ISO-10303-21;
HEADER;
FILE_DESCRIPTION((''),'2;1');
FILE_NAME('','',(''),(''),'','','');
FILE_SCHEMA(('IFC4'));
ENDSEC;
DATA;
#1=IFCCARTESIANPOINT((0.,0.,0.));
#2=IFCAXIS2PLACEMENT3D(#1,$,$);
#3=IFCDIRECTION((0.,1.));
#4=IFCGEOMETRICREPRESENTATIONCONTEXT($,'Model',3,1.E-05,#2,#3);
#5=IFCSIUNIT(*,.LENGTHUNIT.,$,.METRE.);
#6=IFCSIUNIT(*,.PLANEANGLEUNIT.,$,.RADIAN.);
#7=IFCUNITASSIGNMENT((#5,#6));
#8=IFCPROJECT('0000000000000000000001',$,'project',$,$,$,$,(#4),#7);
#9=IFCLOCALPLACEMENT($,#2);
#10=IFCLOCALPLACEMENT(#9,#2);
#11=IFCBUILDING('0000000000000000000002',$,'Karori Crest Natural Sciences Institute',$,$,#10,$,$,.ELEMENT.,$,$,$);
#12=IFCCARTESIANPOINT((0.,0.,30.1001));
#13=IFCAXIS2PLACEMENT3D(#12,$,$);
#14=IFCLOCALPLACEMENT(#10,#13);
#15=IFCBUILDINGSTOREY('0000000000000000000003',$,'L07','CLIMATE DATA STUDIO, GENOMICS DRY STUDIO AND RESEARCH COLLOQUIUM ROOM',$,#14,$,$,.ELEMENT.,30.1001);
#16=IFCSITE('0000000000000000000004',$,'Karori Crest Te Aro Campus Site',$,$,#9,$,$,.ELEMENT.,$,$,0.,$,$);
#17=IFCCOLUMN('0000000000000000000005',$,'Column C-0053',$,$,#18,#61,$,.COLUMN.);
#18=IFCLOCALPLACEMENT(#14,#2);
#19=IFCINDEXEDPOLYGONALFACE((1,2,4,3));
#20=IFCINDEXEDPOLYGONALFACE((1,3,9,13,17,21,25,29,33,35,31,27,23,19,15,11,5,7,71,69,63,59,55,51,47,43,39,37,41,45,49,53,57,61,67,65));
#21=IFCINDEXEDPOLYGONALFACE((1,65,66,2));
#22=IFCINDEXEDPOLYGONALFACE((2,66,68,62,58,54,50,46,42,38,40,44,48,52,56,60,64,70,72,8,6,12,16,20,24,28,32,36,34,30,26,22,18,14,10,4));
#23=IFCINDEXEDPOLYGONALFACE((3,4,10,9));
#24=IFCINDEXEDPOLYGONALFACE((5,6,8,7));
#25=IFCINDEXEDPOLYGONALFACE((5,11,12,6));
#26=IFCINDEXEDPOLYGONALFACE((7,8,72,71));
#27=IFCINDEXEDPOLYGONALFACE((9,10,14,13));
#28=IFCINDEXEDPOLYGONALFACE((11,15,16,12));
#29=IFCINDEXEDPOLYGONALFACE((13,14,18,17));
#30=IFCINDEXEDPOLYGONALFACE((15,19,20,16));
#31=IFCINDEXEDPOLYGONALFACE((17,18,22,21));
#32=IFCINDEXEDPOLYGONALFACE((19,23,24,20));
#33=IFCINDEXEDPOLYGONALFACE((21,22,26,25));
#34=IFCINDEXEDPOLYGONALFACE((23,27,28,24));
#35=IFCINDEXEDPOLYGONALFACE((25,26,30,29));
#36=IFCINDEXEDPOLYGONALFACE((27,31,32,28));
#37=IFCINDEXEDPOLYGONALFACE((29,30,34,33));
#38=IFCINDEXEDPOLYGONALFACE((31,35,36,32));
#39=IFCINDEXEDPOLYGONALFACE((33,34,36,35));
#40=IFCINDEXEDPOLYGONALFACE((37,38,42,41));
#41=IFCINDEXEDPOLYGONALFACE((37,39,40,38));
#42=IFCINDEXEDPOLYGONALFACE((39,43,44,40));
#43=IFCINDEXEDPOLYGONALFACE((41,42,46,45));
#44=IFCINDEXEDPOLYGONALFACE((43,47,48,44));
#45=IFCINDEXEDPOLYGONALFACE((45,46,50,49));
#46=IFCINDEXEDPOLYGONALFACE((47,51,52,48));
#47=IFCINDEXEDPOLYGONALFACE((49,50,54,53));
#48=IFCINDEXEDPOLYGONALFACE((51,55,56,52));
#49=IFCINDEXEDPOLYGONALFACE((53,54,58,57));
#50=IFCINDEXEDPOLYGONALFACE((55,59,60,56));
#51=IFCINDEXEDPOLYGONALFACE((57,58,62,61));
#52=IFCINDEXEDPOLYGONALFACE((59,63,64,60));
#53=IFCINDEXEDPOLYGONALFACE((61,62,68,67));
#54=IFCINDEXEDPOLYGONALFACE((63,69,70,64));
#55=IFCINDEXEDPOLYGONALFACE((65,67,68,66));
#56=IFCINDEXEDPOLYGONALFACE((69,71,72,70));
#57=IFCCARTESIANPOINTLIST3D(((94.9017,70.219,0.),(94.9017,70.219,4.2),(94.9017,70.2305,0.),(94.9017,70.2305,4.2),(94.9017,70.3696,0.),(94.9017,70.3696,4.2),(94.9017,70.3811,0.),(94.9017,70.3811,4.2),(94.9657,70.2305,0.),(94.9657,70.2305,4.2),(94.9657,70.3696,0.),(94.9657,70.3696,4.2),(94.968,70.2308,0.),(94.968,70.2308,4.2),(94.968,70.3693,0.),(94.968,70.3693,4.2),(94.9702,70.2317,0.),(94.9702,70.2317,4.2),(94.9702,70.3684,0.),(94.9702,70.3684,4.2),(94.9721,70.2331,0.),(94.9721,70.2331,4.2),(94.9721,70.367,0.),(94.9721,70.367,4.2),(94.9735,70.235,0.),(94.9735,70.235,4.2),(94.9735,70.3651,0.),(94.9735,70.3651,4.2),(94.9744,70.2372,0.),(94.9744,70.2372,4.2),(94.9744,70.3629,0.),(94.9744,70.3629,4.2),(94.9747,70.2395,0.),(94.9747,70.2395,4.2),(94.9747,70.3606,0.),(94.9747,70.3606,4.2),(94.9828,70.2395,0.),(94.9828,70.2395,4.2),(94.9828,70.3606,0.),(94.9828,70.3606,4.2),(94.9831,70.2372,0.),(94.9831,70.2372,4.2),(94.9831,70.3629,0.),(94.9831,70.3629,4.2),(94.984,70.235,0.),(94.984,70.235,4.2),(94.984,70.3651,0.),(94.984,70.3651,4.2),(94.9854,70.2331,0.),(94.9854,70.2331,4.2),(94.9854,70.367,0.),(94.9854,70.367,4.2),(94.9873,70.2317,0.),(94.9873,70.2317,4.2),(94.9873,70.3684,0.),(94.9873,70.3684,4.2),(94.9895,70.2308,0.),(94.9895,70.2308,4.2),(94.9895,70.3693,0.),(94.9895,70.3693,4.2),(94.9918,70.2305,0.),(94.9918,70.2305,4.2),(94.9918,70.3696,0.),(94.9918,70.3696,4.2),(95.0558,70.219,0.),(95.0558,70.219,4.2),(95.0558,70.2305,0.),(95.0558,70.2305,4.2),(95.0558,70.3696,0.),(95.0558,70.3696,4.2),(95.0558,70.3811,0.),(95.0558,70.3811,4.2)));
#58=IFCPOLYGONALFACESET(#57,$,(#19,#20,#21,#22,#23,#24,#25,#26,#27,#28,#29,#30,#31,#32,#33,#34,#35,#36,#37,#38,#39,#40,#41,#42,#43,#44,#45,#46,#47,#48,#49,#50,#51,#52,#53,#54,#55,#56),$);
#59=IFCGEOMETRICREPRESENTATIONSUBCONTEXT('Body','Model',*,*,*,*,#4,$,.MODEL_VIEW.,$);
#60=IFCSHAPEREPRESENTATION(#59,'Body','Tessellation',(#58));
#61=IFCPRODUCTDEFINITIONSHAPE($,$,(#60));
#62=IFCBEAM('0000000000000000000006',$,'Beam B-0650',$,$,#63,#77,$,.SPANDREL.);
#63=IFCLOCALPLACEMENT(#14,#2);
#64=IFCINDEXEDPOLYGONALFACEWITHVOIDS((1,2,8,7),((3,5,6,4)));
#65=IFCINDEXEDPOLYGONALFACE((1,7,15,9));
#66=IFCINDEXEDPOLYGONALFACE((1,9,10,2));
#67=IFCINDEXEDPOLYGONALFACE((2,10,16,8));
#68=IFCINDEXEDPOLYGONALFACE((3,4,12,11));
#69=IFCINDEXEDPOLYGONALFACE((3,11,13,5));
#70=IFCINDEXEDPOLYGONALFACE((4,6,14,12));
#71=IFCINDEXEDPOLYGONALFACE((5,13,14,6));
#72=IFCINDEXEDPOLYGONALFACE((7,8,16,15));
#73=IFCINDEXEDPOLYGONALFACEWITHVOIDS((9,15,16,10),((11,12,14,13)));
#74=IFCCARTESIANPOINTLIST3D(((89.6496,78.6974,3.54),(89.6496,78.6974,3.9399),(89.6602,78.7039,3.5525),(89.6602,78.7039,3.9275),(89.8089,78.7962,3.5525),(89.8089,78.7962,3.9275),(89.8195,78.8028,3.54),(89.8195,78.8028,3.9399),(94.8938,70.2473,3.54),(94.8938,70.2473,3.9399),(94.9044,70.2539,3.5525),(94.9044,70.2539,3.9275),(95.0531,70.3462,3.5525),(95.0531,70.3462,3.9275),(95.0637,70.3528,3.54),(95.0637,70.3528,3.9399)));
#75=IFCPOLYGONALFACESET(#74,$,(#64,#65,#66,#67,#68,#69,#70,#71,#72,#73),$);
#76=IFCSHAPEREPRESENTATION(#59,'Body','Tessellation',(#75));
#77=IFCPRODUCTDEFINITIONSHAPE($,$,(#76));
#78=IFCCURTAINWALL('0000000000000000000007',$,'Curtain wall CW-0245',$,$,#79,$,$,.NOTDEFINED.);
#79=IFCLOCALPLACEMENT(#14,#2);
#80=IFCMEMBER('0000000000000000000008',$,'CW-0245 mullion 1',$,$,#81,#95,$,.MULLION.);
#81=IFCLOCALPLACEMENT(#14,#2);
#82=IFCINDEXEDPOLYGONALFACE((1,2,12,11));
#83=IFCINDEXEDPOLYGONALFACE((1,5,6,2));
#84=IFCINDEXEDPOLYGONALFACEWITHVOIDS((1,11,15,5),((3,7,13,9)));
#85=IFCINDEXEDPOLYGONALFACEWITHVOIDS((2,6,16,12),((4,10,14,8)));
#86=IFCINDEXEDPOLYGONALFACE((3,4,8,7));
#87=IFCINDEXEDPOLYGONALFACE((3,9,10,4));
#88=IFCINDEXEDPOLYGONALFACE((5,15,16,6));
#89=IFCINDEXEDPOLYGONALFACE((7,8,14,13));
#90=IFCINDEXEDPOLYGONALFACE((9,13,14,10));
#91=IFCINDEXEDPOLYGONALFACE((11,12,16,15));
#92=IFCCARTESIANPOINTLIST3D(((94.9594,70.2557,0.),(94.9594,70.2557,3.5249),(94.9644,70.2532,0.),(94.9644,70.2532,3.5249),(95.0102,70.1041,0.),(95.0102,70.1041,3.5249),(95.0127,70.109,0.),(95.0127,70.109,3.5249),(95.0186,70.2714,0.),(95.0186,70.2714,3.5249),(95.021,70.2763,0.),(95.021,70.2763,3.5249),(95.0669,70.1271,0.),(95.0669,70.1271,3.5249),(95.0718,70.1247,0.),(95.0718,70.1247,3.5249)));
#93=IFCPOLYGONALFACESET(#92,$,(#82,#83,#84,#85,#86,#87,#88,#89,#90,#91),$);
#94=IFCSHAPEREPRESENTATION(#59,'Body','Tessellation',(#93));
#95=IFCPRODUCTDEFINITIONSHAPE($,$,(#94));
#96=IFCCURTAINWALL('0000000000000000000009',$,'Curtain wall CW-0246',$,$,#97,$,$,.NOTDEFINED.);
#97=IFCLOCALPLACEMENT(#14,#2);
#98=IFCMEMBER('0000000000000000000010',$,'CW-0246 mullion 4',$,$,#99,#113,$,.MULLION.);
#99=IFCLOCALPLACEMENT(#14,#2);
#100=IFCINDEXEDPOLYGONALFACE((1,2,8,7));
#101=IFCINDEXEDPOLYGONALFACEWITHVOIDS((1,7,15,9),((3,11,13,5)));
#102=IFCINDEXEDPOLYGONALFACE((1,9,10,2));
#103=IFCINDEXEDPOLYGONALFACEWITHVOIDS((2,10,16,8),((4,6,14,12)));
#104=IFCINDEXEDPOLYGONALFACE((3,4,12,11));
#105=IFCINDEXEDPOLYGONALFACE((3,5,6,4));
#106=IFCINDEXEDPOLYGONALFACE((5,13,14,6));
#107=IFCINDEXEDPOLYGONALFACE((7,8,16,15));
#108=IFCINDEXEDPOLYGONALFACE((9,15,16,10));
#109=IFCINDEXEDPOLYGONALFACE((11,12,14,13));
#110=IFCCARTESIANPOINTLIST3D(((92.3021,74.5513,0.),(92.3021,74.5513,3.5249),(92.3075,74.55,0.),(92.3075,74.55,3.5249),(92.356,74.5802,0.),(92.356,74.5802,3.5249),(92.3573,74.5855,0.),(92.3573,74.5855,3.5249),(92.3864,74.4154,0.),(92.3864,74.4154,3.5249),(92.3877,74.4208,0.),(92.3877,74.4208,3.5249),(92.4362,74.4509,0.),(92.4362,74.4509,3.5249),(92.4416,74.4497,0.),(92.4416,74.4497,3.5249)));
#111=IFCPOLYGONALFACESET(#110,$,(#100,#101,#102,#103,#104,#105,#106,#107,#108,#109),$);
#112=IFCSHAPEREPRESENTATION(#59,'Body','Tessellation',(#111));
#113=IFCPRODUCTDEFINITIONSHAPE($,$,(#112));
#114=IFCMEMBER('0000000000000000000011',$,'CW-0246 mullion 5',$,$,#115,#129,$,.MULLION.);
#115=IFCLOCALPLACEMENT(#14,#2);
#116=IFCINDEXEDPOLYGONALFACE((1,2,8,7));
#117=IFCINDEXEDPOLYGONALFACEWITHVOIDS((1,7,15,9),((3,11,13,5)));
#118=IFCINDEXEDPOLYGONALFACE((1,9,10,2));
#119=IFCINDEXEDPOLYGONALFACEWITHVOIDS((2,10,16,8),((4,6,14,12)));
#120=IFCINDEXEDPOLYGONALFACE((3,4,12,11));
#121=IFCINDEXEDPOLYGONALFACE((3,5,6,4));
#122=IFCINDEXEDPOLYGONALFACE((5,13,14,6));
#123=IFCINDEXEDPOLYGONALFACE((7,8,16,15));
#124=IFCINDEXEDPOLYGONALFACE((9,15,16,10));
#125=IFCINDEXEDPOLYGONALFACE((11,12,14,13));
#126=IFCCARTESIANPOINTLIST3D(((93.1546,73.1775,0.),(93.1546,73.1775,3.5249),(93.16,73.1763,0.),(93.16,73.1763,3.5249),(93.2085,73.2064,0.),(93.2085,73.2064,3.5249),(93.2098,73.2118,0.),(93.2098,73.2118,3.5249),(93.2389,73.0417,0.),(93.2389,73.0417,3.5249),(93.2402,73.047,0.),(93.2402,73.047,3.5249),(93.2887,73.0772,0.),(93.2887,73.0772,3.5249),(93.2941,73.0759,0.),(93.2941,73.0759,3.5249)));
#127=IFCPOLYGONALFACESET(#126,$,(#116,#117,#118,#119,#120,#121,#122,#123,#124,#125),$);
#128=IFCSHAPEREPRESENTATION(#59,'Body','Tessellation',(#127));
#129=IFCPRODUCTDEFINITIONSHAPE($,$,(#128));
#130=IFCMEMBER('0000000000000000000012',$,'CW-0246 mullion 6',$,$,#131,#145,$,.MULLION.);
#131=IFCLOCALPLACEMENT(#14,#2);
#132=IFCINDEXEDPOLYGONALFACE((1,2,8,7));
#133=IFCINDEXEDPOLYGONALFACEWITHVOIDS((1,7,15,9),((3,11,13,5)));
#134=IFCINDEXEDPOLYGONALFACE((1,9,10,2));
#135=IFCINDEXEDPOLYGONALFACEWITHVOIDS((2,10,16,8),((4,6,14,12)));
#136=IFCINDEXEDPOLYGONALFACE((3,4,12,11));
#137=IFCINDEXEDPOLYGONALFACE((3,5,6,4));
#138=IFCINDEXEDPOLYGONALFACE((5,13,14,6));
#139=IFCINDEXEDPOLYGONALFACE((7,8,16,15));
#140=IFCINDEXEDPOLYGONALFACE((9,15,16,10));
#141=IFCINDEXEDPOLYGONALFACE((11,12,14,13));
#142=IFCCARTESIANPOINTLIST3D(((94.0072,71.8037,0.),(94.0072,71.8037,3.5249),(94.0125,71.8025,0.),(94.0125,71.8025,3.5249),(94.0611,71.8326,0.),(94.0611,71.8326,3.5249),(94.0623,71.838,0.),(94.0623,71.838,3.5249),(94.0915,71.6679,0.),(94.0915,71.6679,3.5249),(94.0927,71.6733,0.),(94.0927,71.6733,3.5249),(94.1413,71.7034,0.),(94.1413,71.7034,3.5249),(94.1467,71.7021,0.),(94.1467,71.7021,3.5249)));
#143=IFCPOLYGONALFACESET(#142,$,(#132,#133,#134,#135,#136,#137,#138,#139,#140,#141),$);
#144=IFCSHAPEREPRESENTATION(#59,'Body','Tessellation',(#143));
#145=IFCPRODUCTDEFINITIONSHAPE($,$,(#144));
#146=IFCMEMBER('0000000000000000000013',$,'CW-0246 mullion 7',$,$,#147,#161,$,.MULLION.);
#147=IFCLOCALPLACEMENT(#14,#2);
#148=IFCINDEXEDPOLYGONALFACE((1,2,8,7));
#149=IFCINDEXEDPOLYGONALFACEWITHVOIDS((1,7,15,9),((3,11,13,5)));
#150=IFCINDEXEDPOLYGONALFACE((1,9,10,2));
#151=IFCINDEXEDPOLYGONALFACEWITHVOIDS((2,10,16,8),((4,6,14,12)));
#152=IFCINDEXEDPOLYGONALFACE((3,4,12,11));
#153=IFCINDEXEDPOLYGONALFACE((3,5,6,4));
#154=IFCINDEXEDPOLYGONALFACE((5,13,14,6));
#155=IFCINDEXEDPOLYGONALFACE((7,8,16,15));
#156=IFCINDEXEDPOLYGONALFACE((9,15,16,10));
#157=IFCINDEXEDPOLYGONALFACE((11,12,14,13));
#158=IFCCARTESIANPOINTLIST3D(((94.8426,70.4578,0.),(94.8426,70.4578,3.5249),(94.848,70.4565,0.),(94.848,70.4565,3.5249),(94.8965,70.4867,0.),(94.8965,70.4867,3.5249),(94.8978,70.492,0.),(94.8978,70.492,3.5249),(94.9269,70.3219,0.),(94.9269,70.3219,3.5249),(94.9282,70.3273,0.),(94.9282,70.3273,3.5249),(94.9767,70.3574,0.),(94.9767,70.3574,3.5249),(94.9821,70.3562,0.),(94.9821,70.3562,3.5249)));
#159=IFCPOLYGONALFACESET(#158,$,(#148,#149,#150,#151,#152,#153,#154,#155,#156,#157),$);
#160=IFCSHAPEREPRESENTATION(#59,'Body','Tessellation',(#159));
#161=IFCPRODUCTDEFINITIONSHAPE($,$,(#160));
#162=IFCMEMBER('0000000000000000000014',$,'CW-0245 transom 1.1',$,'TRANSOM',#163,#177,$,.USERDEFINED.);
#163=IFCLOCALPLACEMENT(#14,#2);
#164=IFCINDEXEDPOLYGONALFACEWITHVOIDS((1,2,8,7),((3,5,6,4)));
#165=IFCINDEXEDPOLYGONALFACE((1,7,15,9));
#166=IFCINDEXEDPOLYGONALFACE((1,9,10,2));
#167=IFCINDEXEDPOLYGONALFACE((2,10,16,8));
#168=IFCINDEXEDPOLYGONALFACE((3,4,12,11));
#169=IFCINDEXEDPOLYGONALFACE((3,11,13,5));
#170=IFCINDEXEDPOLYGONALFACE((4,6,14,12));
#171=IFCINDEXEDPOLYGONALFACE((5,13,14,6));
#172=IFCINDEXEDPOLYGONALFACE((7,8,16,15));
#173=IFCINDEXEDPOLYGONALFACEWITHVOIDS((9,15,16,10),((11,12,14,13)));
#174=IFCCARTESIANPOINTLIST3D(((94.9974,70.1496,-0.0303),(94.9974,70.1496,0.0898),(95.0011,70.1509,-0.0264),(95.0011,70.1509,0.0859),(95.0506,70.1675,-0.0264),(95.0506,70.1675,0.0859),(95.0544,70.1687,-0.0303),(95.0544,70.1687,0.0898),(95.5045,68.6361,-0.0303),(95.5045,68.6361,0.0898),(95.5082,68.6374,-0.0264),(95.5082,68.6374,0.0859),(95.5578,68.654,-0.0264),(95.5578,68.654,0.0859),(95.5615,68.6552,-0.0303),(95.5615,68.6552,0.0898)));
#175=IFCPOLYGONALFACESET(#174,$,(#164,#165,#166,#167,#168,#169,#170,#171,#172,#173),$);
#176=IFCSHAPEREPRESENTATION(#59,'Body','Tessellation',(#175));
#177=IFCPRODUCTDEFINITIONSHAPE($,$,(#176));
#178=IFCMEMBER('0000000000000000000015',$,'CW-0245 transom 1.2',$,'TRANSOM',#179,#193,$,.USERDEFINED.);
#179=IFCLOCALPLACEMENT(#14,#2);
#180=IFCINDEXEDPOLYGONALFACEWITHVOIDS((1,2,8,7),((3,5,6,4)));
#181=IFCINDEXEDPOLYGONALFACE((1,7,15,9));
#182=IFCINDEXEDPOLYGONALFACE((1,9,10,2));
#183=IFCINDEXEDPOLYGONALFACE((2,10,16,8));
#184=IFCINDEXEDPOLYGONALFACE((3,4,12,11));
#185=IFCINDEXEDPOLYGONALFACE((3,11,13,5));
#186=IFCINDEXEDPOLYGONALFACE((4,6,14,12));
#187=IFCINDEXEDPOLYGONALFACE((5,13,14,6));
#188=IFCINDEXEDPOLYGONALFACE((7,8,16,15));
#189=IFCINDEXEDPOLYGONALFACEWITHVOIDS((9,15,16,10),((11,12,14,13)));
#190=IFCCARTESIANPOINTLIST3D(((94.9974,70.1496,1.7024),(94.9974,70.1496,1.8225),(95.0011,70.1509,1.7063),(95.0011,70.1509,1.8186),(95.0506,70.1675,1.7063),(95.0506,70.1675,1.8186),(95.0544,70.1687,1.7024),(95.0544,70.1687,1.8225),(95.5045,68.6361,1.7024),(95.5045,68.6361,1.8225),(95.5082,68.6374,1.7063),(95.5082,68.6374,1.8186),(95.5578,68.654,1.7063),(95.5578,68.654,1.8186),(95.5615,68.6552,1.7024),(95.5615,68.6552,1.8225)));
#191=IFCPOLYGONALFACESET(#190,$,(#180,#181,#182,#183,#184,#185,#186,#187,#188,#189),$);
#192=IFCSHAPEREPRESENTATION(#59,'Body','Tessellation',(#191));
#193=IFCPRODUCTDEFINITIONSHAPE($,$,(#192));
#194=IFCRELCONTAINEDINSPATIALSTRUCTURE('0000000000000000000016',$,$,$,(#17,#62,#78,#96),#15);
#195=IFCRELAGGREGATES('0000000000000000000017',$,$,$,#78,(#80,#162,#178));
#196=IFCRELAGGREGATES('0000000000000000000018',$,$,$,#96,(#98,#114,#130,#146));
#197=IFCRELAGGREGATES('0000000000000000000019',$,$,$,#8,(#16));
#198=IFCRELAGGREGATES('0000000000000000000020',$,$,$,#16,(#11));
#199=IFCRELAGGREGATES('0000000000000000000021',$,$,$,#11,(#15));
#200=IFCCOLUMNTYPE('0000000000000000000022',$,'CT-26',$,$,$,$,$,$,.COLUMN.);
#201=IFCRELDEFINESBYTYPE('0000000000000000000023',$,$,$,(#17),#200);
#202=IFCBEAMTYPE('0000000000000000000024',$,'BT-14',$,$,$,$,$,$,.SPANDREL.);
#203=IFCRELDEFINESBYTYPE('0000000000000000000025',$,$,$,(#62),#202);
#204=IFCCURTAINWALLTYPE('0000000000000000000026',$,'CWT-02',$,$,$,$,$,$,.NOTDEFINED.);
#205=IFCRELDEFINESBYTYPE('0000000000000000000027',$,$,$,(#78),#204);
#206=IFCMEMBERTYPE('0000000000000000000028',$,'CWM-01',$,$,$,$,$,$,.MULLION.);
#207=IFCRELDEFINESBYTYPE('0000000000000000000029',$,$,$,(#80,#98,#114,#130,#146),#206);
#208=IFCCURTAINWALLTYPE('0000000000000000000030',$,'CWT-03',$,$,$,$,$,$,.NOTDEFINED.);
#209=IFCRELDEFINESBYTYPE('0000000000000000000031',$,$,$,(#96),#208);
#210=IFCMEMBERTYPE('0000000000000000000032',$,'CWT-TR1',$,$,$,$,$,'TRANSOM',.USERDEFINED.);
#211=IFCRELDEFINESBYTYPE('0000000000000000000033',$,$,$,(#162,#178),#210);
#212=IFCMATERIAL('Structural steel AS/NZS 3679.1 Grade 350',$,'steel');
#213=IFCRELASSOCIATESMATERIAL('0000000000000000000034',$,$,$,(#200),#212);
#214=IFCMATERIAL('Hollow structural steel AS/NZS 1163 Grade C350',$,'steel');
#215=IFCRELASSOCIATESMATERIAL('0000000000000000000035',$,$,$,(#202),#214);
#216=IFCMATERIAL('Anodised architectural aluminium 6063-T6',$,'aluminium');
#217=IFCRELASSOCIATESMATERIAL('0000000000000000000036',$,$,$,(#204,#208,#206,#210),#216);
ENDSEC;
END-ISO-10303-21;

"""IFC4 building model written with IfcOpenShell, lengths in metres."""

from ifc_helpers import new_model, si_unit, direction, frame, origin, origin_2d, place, context, subcontext, project, spatial, hollow_rectangle, i_section, extrude, material, material_profile, profile_set, type_object, element, aggregate, save


model = new_model("IFC4")

# Units and contexts
model_context = context("Model", 3, precision=1e-05, world=origin(), true_north=direction((0.0, 1.0)))
body_context = subcontext(model_context, "Body", "Model", "MODEL_VIEW")
ifc_project = project(units=[si_unit("LENGTHUNIT", "METRE"), si_unit("PLANEANGLEUNIT", "RADIAN")], contexts=[model_context])

# Site, building, storey
site_placement = place(None, origin())
site = spatial("IfcSite", under=ifc_project, at=site_placement, Name="Karori Crest Te Aro Campus Site", CompositionType="ELEMENT", RefElevation=0.0)
building_placement = place(site_placement, origin())
building = spatial("IfcBuilding", under=site, at=building_placement, Name="Karori Crest Natural Sciences Institute", CompositionType="ELEMENT")
storey_placement = place(building_placement, frame((0.0, 0.0, 30.1001)))
storey = spatial("IfcBuildingStorey", under=building, at=storey_placement, Name="L07", Description="CLIMATE DATA STUDIO, GENOMICS DRY STUDIO AND RESEARCH COLLOQUIUM ROOM", CompositionType="ELEMENT", Elevation=30.1001)

# Column
ifc_material_1 = material(Name="Structural steel AS/NZS 3679.1 Grade 350", Category="steel")
ifc_material_profile_1 = material_profile(ifc_material_1, i_section(OverallWidth=0.1541, OverallDepth=0.1621, WebThickness=0.0081, FlangeThickness=0.0115, FilletRadius=0.009, at=origin_2d()), Name="150UC37.2")
ifc_profile_set_1 = profile_set([ifc_material_profile_1], Name="Structural steel AS/NZS 3679.1 Grade 350")
column_type = type_object("IfcColumnType", Name="CT-26", PredefinedType="COLUMN", material=ifc_profile_set_1)
column_placement = place(storey_placement, frame((94.9788, 70.3, 0.0), z_axis=(0.0, 0.0, 1.0), x_axis=(1.0, 0.0, 0.0)))
element("IfcColumn", 1, at=column_placement, inside=storey, type_object=column_type, Name="Column C-0053", PredefinedType="COLUMN", context=body_context, shape_type="SweptSolid", body=[
    extrude(i_section(OverallWidth=0.1541, OverallDepth=0.1621, WebThickness=0.0081, FlangeThickness=0.0115, FilletRadius=0.009, at=origin_2d()), origin(), (0.0, 0.0, 1.0), 4.2),
])

# Beam
ifc_material_2 = material(Name="Hollow structural steel AS/NZS 1163 Grade C350", Category="steel")
ifc_material_profile_2 = material_profile(ifc_material_2, hollow_rectangle(XDim=0.2, YDim=0.3999, WallThickness=0.0125, at=origin_2d()), Name="RHS400x200x12.5")
ifc_profile_set_2 = profile_set([ifc_material_profile_2], Name="Hollow structural steel AS/NZS 1163 Grade C350")
beam_type = type_object("IfcBeamType", Name="BT-14", PredefinedType="SPANDREL", material=ifc_profile_set_2)
beam_placement = place(storey_placement, frame((94.9788, 70.3, 3.74), z_axis=(-0.527315, 0.84967, 0.0), x_axis=(-0.84967, -0.527315, 0.0)))
element("IfcBeam", 2, at=beam_placement, inside=storey, type_object=beam_type, Name="Beam B-0650", PredefinedType="SPANDREL", context=body_context, shape_type="SweptSolid", body=[
    extrude(hollow_rectangle(XDim=0.2, YDim=0.3999, WallThickness=0.0125, at=origin_2d()), origin(), (0.0, 0.0, 1.0), 9.9451),
])

# Curtain wall, member
ifc_material_3 = material(Name="Anodised architectural aluminium 6063-T6", Category="aluminium")
curtain_wall_type_1 = type_object("IfcCurtainWallType", Name="CWT-02", PredefinedType="NOTDEFINED", material=ifc_material_3)
curtain_wall_1_placement = place(storey_placement, origin())
curtain_wall_1 = element("IfcCurtainWall", 3, at=curtain_wall_1_placement, inside=storey, type_object=curtain_wall_type_1, Name="Curtain wall CW-0245", PredefinedType="NOTDEFINED")
ifc_material_profile_3 = material_profile(ifc_material_3, hollow_rectangle(XDim=0.0649, YDim=0.1599, WallThickness=0.0039, at=origin_2d()), Name="CWM160x65x4")
ifc_profile_set_3 = profile_set([ifc_material_profile_3], Name="Anodised architectural aluminium 6063-T6")
member_type_1 = type_object("IfcMemberType", Name="CWM-01", PredefinedType="MULLION", material=ifc_profile_set_3)
member_1_placement = place(storey_placement, frame((95.0156, 70.1902, 0.0), z_axis=(0.0, 0.0, 1.0), x_axis=(0.948198, 0.31768, 0.0)))
member_1 = element("IfcMember", 4, at=member_1_placement, type_object=member_type_1, Name="CW-0245 mullion 1", PredefinedType="MULLION", context=body_context, shape_type="SweptSolid", body=[
    extrude(hollow_rectangle(XDim=0.0649, YDim=0.1599, WallThickness=0.0039, at=origin_2d()), origin(), (0.0, 0.0, 1.0), 3.5249),
])

# Curtain wall, members
curtain_wall_type_2 = type_object("IfcCurtainWallType", Name="CWT-03", PredefinedType="NOTDEFINED", material=ifc_material_3)
curtain_wall_2_placement = place(storey_placement, origin())
curtain_wall_2 = element("IfcCurtainWall", 5, at=curtain_wall_2_placement, inside=storey, type_object=curtain_wall_type_2, Name="Curtain wall CW-0246", PredefinedType="NOTDEFINED")
member_2_placement = place(storey_placement, frame((92.3718, 74.5005, 0.0), z_axis=(0.0, 0.0, 1.0), x_axis=(0.849662, 0.527328, 0.0)))
member_2 = element("IfcMember", 6, at=member_2_placement, type_object=member_type_1, Name="CW-0246 mullion 4", PredefinedType="MULLION", context=body_context, shape_type="SweptSolid", body=[
    extrude(hollow_rectangle(XDim=0.0649, YDim=0.1599, WallThickness=0.0039, at=origin_2d()), origin(), (0.0, 0.0, 1.0), 3.5249),
])
member_3_placement = place(storey_placement, frame((93.2244, 73.1267, 0.0), z_axis=(0.0, 0.0, 1.0), x_axis=(0.849662, 0.527328, 0.0)))
member_3 = element("IfcMember", 7, at=member_3_placement, type_object=member_type_1, Name="CW-0246 mullion 5", PredefinedType="MULLION", context=body_context, shape_type="SweptSolid", body=[
    extrude(hollow_rectangle(XDim=0.0649, YDim=0.1599, WallThickness=0.0039, at=origin_2d()), origin(), (0.0, 0.0, 1.0), 3.5249),
])
member_4_placement = place(storey_placement, frame((94.0769, 71.7529, 0.0), z_axis=(0.0, 0.0, 1.0), x_axis=(0.849662, 0.527328, 0.0)))
member_4 = element("IfcMember", 8, at=member_4_placement, type_object=member_type_1, Name="CW-0246 mullion 6", PredefinedType="MULLION", context=body_context, shape_type="SweptSolid", body=[
    extrude(hollow_rectangle(XDim=0.0649, YDim=0.1599, WallThickness=0.0039, at=origin_2d()), origin(), (0.0, 0.0, 1.0), 3.5249),
])
member_5_placement = place(storey_placement, frame((94.9124, 70.407, 0.0), z_axis=(0.0, 0.0, 1.0), x_axis=(0.849662, 0.527328, 0.0)))
member_5 = element("IfcMember", 9, at=member_5_placement, type_object=member_type_1, Name="CW-0246 mullion 7", PredefinedType="MULLION", context=body_context, shape_type="SweptSolid", body=[
    extrude(hollow_rectangle(XDim=0.0649, YDim=0.1599, WallThickness=0.0039, at=origin_2d()), origin(), (0.0, 0.0, 1.0), 3.5249),
])

# Members
ifc_material_profile_4 = material_profile(ifc_material_3, hollow_rectangle(XDim=0.0601, YDim=0.1201, WallThickness=0.0039, at=origin_2d()), Name="CWT120x60x4")
ifc_profile_set_4 = profile_set([ifc_material_profile_4], Name="Anodised architectural aluminium 6063-T6")
member_type_2 = type_object("IfcMemberType", Name="CWT-TR1", ElementType="TRANSOM", PredefinedType="USERDEFINED", material=ifc_profile_set_4)
member_6_placement = place(storey_placement, frame((95.0259, 70.1592, 0.0298), z_axis=(0.317696, -0.948193, 0.0), x_axis=(0.948193, 0.317696, 0.0)))
member_6 = element("IfcMember", 10, at=member_6_placement, type_object=member_type_2, Name="CW-0245 transom 1.1", ObjectType="TRANSOM", PredefinedType="USERDEFINED", context=body_context, shape_type="SweptSolid", body=[
    extrude(hollow_rectangle(XDim=0.0601, YDim=0.1201, WallThickness=0.0039, at=origin_2d()), origin(), (0.0, 0.0, 1.0), 1.5962),
])
member_7_placement = place(storey_placement, frame((95.0259, 70.1592, 1.7625), z_axis=(0.317696, -0.948193, 0.0), x_axis=(0.948193, 0.317696, 0.0)))
member_7 = element("IfcMember", 11, at=member_7_placement, type_object=member_type_2, Name="CW-0245 transom 1.2", ObjectType="TRANSOM", PredefinedType="USERDEFINED", context=body_context, shape_type="SweptSolid", body=[
    extrude(hollow_rectangle(XDim=0.0601, YDim=0.1201, WallThickness=0.0039, at=origin_2d()), origin(), (0.0, 0.0, 1.0), 1.5962),
])
aggregate(curtain_wall_1, [member_1, member_6, member_7])

aggregate(curtain_wall_2, [member_2, member_3, member_4, member_5])

save(model, "model.ifc")
